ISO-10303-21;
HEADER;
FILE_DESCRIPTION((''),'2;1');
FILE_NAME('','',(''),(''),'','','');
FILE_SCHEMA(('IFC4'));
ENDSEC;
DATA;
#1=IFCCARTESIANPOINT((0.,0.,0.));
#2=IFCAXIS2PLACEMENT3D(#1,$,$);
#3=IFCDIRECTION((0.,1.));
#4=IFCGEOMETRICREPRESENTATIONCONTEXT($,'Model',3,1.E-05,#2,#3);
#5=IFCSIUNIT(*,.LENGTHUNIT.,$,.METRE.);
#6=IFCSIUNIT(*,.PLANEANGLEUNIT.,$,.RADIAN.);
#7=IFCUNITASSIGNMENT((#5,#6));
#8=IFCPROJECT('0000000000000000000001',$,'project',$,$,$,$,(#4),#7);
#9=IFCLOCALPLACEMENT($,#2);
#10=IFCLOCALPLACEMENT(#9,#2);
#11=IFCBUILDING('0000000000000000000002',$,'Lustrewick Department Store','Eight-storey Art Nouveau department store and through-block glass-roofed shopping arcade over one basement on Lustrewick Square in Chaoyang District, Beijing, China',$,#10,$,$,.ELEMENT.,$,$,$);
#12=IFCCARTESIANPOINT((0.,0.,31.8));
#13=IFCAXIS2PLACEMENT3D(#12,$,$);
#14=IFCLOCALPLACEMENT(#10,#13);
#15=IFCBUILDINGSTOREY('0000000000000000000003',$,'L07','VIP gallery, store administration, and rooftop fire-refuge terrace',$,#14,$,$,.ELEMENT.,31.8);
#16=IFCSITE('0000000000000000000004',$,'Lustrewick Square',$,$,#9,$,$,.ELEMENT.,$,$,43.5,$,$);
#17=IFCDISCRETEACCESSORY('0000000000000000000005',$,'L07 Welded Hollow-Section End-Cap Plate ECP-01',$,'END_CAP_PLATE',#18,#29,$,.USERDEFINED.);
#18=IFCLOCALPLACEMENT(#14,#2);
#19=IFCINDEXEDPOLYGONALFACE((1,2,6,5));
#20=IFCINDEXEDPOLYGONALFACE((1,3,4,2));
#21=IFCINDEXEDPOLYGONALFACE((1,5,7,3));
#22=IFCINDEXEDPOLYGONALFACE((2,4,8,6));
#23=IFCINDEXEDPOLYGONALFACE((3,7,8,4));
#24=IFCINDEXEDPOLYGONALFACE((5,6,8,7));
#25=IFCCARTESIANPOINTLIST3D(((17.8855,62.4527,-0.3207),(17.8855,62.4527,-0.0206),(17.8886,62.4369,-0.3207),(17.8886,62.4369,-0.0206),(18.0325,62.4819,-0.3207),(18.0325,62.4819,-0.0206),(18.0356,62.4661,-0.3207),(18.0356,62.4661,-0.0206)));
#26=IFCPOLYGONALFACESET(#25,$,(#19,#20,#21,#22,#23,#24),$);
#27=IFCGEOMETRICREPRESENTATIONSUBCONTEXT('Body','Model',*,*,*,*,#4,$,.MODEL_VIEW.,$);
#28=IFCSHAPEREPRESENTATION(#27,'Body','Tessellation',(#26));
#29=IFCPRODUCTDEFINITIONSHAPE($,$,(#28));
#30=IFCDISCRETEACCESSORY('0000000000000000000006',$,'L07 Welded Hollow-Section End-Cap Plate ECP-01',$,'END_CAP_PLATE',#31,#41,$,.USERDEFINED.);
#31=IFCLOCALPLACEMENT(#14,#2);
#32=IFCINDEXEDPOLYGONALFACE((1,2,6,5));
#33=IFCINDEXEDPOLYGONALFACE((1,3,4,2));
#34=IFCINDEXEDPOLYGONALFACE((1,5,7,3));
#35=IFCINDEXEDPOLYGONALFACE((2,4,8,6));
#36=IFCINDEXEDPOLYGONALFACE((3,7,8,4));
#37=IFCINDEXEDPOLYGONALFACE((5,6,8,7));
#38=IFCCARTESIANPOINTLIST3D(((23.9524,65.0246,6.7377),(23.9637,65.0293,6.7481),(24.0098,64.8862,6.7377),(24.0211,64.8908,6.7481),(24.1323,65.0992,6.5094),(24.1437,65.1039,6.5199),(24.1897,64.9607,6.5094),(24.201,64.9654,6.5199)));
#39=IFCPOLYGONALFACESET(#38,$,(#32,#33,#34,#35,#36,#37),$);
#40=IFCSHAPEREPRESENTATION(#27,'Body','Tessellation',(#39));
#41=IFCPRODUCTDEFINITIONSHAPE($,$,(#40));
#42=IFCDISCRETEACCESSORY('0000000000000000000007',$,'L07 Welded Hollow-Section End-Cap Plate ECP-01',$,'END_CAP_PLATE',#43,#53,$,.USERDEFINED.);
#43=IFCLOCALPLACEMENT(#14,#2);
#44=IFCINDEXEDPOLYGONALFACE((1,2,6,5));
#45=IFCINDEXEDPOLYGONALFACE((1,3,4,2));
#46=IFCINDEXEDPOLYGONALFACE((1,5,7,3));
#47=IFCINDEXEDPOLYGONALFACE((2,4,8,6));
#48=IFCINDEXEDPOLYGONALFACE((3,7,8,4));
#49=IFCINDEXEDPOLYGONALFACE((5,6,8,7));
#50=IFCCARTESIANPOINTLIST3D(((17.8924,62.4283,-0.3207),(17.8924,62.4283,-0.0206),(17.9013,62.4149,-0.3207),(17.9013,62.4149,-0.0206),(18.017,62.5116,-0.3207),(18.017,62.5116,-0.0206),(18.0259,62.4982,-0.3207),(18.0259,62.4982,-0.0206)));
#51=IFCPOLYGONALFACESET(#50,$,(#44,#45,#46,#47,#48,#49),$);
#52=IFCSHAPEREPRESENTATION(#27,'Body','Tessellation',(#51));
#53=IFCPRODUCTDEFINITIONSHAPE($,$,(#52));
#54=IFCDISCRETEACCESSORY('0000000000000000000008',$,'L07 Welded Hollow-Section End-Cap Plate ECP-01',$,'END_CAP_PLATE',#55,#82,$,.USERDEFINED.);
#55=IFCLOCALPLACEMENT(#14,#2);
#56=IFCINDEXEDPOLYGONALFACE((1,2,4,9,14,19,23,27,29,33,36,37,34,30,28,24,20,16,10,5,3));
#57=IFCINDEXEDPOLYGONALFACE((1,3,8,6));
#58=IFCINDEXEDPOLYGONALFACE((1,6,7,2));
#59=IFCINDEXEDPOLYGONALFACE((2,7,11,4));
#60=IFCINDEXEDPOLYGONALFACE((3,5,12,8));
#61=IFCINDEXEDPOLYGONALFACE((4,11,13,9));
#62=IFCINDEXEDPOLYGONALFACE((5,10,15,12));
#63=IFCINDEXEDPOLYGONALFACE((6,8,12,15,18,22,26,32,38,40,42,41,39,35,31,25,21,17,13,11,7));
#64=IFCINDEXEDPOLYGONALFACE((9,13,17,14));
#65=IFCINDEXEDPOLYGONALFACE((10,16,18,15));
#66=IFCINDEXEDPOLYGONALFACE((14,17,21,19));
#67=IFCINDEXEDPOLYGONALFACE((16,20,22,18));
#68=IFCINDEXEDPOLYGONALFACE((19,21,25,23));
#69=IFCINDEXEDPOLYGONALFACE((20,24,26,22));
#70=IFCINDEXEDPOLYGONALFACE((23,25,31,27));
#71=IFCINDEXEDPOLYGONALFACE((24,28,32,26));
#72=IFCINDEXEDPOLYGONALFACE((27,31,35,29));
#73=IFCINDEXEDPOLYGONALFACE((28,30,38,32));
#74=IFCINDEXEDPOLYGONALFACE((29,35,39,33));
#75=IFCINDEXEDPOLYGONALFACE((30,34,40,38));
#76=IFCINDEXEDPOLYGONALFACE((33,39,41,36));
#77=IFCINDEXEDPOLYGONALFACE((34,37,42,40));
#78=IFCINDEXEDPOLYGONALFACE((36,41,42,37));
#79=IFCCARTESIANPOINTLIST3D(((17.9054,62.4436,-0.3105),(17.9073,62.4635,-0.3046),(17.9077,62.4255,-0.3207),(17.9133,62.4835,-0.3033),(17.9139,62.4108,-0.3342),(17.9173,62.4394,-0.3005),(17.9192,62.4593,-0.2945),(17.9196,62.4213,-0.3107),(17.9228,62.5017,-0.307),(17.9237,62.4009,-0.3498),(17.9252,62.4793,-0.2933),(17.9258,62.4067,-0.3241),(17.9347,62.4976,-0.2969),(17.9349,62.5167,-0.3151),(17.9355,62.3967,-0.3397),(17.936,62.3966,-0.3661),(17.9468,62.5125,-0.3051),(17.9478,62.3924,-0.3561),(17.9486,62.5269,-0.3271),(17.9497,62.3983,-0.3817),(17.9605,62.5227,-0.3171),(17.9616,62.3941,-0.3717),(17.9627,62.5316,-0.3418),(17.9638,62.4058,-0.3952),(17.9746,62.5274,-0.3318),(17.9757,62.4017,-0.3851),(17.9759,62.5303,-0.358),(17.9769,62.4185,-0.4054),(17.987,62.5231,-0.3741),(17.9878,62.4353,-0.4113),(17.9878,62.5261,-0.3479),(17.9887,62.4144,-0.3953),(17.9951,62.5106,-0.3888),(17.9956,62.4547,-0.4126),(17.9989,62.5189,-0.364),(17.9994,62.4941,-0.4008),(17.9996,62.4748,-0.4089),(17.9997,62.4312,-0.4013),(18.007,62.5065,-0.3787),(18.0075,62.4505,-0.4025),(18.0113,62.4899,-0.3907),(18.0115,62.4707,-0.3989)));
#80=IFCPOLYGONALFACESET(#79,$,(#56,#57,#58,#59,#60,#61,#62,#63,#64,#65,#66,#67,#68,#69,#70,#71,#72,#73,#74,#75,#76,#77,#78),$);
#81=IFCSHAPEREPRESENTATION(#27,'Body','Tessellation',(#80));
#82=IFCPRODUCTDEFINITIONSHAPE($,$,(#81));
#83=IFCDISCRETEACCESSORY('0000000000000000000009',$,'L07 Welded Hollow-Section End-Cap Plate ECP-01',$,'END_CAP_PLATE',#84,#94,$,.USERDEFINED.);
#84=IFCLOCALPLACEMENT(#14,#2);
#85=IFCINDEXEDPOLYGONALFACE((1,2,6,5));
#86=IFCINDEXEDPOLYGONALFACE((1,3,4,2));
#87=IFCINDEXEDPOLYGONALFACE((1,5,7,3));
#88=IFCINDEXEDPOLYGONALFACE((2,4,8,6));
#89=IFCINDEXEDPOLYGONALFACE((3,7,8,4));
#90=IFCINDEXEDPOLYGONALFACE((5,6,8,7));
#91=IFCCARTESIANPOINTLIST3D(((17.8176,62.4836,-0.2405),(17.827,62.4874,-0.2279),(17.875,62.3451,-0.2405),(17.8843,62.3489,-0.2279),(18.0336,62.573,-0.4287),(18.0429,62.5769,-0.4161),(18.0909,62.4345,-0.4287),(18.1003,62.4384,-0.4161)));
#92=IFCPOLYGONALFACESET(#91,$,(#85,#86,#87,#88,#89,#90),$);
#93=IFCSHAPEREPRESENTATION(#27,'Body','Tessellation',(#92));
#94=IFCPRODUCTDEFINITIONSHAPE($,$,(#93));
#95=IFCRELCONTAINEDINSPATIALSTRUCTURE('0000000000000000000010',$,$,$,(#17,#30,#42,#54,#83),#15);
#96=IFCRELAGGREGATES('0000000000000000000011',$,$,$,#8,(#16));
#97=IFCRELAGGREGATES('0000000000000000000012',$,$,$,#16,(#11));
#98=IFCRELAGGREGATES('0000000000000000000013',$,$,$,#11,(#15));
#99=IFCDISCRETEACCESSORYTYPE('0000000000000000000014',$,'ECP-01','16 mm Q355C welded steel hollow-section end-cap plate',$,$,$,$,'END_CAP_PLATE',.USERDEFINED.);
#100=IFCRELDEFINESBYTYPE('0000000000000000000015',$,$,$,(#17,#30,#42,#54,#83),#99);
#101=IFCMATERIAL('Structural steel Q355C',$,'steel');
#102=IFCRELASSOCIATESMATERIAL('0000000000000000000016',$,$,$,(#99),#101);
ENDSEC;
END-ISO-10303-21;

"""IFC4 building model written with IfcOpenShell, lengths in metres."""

from ifc_helpers import new_model, si_unit, direction, frame, origin, origin_2d, place, context, subcontext, project, spatial, rectangle, circle, extrude, material, type_object, element, save


model = new_model("IFC4")

# Units and contexts
model_context = context("Model", 3, precision=1e-05, world=origin(), true_north=direction((0.0, 1.0)))
body_context = subcontext(model_context, "Body", "Model", "MODEL_VIEW")
ifc_project = project(units=[si_unit("LENGTHUNIT", "METRE"), si_unit("PLANEANGLEUNIT", "RADIAN")], contexts=[model_context])

# Site, building, storey
site_placement = place(None, origin())
site = spatial("IfcSite", under=ifc_project, at=site_placement, Name="Lustrewick Square", CompositionType="ELEMENT", RefElevation=43.5)
building_placement = place(site_placement, origin())
building = spatial("IfcBuilding", under=site, at=building_placement, Name="Lustrewick Department Store", Description="Eight-storey Art Nouveau department store and through-block glass-roofed shopping arcade over one basement on Lustrewick Square in Chaoyang District, Beijing, China", CompositionType="ELEMENT")
storey_placement = place(building_placement, frame((0.0, 0.0, 31.8)))
storey = spatial("IfcBuildingStorey", under=building, at=storey_placement, Name="L07", Description="VIP gallery, store administration, and rooftop fire-refuge terrace", CompositionType="ELEMENT", Elevation=31.8)

# Shared definitions
ifc_material_1 = material(Name="Structural steel Q355C", Category="steel")

# Discrete accessories
discrete_accessory_type_1 = type_object("IfcDiscreteAccessoryType", Name="ECP-01", Description="16 mm Q355C welded steel hollow-section end-cap plate", ElementType="END_CAP_PLATE", PredefinedType="USERDEFINED", material=ifc_material_1)
for number, where, z_axis, x_axis, name in (
    (1, (17.959, 62.4673, -0.1707), (0.195105, -0.980782, 0.0), (0.980782, 0.195105, 0.0), "L07 Welded Hollow-Section End-Cap Plate ECP-01"),
    (2, (24.071, 64.9927, 6.6235), (0.702741, 0.291108, 0.649162), (-0.382709, 0.923869, 0.0), "L07 Welded Hollow-Section End-Cap Plate ECP-01"),
    (3, (17.9636, 62.4565, -0.1707), (-0.555563, 0.831475, 0.0), (0.831475, 0.555563, 0.0), "L07 Welded Hollow-Section End-Cap Plate ECP-01"),
):
    element("IfcDiscreteAccessory", number, at=place(storey_placement, frame(where, z_axis=z_axis, x_axis=x_axis)), inside=storey, type_object=discrete_accessory_type_1, Name=name, ObjectType="END_CAP_PLATE", PredefinedType="USERDEFINED", context=body_context, shape_type="SweptSolid", body=[
        extrude(rectangle(XDim=0.1499, YDim=0.3, at=origin_2d()), origin(), (0.0, 0.0, 1.0), 0.0161),
    ])
discrete_accessory_1_placement = place(storey_placement, frame((17.9646, 62.46, -0.3479), z_axis=(-0.7376, 0.258385, -0.623846), x_axis=(0.330607, 0.943769, 0.0)))
element("IfcDiscreteAccessory", 4, at=discrete_accessory_1_placement, inside=storey, type_object=discrete_accessory_type_1, Name="L07 Welded Hollow-Section End-Cap Plate ECP-01", ObjectType="END_CAP_PLATE", PredefinedType="USERDEFINED", context=body_context, shape_type="SweptSolid", body=[
    extrude(circle(Radius=0.0701, at=origin_2d()), origin(), (0.0, 0.0, 1.0), 0.0161),
])
discrete_accessory_2_placement = place(storey_placement, frame((17.9636, 62.4629, -0.322), z_axis=(-0.579385, -0.239973, -0.778927), x_axis=(-0.382662, 0.923888, 0.0)))
element("IfcDiscreteAccessory", 5, at=discrete_accessory_2_placement, inside=storey, type_object=discrete_accessory_type_1, Name="L07 Welded Hollow-Section End-Cap Plate ECP-01", ObjectType="END_CAP_PLATE", PredefinedType="USERDEFINED", context=body_context, shape_type="SweptSolid", body=[
    extrude(rectangle(XDim=0.1499, YDim=0.3, at=origin_2d()), origin(), (0.0, 0.0, 1.0), 0.0161),
])

save(model, "model.ifc")
